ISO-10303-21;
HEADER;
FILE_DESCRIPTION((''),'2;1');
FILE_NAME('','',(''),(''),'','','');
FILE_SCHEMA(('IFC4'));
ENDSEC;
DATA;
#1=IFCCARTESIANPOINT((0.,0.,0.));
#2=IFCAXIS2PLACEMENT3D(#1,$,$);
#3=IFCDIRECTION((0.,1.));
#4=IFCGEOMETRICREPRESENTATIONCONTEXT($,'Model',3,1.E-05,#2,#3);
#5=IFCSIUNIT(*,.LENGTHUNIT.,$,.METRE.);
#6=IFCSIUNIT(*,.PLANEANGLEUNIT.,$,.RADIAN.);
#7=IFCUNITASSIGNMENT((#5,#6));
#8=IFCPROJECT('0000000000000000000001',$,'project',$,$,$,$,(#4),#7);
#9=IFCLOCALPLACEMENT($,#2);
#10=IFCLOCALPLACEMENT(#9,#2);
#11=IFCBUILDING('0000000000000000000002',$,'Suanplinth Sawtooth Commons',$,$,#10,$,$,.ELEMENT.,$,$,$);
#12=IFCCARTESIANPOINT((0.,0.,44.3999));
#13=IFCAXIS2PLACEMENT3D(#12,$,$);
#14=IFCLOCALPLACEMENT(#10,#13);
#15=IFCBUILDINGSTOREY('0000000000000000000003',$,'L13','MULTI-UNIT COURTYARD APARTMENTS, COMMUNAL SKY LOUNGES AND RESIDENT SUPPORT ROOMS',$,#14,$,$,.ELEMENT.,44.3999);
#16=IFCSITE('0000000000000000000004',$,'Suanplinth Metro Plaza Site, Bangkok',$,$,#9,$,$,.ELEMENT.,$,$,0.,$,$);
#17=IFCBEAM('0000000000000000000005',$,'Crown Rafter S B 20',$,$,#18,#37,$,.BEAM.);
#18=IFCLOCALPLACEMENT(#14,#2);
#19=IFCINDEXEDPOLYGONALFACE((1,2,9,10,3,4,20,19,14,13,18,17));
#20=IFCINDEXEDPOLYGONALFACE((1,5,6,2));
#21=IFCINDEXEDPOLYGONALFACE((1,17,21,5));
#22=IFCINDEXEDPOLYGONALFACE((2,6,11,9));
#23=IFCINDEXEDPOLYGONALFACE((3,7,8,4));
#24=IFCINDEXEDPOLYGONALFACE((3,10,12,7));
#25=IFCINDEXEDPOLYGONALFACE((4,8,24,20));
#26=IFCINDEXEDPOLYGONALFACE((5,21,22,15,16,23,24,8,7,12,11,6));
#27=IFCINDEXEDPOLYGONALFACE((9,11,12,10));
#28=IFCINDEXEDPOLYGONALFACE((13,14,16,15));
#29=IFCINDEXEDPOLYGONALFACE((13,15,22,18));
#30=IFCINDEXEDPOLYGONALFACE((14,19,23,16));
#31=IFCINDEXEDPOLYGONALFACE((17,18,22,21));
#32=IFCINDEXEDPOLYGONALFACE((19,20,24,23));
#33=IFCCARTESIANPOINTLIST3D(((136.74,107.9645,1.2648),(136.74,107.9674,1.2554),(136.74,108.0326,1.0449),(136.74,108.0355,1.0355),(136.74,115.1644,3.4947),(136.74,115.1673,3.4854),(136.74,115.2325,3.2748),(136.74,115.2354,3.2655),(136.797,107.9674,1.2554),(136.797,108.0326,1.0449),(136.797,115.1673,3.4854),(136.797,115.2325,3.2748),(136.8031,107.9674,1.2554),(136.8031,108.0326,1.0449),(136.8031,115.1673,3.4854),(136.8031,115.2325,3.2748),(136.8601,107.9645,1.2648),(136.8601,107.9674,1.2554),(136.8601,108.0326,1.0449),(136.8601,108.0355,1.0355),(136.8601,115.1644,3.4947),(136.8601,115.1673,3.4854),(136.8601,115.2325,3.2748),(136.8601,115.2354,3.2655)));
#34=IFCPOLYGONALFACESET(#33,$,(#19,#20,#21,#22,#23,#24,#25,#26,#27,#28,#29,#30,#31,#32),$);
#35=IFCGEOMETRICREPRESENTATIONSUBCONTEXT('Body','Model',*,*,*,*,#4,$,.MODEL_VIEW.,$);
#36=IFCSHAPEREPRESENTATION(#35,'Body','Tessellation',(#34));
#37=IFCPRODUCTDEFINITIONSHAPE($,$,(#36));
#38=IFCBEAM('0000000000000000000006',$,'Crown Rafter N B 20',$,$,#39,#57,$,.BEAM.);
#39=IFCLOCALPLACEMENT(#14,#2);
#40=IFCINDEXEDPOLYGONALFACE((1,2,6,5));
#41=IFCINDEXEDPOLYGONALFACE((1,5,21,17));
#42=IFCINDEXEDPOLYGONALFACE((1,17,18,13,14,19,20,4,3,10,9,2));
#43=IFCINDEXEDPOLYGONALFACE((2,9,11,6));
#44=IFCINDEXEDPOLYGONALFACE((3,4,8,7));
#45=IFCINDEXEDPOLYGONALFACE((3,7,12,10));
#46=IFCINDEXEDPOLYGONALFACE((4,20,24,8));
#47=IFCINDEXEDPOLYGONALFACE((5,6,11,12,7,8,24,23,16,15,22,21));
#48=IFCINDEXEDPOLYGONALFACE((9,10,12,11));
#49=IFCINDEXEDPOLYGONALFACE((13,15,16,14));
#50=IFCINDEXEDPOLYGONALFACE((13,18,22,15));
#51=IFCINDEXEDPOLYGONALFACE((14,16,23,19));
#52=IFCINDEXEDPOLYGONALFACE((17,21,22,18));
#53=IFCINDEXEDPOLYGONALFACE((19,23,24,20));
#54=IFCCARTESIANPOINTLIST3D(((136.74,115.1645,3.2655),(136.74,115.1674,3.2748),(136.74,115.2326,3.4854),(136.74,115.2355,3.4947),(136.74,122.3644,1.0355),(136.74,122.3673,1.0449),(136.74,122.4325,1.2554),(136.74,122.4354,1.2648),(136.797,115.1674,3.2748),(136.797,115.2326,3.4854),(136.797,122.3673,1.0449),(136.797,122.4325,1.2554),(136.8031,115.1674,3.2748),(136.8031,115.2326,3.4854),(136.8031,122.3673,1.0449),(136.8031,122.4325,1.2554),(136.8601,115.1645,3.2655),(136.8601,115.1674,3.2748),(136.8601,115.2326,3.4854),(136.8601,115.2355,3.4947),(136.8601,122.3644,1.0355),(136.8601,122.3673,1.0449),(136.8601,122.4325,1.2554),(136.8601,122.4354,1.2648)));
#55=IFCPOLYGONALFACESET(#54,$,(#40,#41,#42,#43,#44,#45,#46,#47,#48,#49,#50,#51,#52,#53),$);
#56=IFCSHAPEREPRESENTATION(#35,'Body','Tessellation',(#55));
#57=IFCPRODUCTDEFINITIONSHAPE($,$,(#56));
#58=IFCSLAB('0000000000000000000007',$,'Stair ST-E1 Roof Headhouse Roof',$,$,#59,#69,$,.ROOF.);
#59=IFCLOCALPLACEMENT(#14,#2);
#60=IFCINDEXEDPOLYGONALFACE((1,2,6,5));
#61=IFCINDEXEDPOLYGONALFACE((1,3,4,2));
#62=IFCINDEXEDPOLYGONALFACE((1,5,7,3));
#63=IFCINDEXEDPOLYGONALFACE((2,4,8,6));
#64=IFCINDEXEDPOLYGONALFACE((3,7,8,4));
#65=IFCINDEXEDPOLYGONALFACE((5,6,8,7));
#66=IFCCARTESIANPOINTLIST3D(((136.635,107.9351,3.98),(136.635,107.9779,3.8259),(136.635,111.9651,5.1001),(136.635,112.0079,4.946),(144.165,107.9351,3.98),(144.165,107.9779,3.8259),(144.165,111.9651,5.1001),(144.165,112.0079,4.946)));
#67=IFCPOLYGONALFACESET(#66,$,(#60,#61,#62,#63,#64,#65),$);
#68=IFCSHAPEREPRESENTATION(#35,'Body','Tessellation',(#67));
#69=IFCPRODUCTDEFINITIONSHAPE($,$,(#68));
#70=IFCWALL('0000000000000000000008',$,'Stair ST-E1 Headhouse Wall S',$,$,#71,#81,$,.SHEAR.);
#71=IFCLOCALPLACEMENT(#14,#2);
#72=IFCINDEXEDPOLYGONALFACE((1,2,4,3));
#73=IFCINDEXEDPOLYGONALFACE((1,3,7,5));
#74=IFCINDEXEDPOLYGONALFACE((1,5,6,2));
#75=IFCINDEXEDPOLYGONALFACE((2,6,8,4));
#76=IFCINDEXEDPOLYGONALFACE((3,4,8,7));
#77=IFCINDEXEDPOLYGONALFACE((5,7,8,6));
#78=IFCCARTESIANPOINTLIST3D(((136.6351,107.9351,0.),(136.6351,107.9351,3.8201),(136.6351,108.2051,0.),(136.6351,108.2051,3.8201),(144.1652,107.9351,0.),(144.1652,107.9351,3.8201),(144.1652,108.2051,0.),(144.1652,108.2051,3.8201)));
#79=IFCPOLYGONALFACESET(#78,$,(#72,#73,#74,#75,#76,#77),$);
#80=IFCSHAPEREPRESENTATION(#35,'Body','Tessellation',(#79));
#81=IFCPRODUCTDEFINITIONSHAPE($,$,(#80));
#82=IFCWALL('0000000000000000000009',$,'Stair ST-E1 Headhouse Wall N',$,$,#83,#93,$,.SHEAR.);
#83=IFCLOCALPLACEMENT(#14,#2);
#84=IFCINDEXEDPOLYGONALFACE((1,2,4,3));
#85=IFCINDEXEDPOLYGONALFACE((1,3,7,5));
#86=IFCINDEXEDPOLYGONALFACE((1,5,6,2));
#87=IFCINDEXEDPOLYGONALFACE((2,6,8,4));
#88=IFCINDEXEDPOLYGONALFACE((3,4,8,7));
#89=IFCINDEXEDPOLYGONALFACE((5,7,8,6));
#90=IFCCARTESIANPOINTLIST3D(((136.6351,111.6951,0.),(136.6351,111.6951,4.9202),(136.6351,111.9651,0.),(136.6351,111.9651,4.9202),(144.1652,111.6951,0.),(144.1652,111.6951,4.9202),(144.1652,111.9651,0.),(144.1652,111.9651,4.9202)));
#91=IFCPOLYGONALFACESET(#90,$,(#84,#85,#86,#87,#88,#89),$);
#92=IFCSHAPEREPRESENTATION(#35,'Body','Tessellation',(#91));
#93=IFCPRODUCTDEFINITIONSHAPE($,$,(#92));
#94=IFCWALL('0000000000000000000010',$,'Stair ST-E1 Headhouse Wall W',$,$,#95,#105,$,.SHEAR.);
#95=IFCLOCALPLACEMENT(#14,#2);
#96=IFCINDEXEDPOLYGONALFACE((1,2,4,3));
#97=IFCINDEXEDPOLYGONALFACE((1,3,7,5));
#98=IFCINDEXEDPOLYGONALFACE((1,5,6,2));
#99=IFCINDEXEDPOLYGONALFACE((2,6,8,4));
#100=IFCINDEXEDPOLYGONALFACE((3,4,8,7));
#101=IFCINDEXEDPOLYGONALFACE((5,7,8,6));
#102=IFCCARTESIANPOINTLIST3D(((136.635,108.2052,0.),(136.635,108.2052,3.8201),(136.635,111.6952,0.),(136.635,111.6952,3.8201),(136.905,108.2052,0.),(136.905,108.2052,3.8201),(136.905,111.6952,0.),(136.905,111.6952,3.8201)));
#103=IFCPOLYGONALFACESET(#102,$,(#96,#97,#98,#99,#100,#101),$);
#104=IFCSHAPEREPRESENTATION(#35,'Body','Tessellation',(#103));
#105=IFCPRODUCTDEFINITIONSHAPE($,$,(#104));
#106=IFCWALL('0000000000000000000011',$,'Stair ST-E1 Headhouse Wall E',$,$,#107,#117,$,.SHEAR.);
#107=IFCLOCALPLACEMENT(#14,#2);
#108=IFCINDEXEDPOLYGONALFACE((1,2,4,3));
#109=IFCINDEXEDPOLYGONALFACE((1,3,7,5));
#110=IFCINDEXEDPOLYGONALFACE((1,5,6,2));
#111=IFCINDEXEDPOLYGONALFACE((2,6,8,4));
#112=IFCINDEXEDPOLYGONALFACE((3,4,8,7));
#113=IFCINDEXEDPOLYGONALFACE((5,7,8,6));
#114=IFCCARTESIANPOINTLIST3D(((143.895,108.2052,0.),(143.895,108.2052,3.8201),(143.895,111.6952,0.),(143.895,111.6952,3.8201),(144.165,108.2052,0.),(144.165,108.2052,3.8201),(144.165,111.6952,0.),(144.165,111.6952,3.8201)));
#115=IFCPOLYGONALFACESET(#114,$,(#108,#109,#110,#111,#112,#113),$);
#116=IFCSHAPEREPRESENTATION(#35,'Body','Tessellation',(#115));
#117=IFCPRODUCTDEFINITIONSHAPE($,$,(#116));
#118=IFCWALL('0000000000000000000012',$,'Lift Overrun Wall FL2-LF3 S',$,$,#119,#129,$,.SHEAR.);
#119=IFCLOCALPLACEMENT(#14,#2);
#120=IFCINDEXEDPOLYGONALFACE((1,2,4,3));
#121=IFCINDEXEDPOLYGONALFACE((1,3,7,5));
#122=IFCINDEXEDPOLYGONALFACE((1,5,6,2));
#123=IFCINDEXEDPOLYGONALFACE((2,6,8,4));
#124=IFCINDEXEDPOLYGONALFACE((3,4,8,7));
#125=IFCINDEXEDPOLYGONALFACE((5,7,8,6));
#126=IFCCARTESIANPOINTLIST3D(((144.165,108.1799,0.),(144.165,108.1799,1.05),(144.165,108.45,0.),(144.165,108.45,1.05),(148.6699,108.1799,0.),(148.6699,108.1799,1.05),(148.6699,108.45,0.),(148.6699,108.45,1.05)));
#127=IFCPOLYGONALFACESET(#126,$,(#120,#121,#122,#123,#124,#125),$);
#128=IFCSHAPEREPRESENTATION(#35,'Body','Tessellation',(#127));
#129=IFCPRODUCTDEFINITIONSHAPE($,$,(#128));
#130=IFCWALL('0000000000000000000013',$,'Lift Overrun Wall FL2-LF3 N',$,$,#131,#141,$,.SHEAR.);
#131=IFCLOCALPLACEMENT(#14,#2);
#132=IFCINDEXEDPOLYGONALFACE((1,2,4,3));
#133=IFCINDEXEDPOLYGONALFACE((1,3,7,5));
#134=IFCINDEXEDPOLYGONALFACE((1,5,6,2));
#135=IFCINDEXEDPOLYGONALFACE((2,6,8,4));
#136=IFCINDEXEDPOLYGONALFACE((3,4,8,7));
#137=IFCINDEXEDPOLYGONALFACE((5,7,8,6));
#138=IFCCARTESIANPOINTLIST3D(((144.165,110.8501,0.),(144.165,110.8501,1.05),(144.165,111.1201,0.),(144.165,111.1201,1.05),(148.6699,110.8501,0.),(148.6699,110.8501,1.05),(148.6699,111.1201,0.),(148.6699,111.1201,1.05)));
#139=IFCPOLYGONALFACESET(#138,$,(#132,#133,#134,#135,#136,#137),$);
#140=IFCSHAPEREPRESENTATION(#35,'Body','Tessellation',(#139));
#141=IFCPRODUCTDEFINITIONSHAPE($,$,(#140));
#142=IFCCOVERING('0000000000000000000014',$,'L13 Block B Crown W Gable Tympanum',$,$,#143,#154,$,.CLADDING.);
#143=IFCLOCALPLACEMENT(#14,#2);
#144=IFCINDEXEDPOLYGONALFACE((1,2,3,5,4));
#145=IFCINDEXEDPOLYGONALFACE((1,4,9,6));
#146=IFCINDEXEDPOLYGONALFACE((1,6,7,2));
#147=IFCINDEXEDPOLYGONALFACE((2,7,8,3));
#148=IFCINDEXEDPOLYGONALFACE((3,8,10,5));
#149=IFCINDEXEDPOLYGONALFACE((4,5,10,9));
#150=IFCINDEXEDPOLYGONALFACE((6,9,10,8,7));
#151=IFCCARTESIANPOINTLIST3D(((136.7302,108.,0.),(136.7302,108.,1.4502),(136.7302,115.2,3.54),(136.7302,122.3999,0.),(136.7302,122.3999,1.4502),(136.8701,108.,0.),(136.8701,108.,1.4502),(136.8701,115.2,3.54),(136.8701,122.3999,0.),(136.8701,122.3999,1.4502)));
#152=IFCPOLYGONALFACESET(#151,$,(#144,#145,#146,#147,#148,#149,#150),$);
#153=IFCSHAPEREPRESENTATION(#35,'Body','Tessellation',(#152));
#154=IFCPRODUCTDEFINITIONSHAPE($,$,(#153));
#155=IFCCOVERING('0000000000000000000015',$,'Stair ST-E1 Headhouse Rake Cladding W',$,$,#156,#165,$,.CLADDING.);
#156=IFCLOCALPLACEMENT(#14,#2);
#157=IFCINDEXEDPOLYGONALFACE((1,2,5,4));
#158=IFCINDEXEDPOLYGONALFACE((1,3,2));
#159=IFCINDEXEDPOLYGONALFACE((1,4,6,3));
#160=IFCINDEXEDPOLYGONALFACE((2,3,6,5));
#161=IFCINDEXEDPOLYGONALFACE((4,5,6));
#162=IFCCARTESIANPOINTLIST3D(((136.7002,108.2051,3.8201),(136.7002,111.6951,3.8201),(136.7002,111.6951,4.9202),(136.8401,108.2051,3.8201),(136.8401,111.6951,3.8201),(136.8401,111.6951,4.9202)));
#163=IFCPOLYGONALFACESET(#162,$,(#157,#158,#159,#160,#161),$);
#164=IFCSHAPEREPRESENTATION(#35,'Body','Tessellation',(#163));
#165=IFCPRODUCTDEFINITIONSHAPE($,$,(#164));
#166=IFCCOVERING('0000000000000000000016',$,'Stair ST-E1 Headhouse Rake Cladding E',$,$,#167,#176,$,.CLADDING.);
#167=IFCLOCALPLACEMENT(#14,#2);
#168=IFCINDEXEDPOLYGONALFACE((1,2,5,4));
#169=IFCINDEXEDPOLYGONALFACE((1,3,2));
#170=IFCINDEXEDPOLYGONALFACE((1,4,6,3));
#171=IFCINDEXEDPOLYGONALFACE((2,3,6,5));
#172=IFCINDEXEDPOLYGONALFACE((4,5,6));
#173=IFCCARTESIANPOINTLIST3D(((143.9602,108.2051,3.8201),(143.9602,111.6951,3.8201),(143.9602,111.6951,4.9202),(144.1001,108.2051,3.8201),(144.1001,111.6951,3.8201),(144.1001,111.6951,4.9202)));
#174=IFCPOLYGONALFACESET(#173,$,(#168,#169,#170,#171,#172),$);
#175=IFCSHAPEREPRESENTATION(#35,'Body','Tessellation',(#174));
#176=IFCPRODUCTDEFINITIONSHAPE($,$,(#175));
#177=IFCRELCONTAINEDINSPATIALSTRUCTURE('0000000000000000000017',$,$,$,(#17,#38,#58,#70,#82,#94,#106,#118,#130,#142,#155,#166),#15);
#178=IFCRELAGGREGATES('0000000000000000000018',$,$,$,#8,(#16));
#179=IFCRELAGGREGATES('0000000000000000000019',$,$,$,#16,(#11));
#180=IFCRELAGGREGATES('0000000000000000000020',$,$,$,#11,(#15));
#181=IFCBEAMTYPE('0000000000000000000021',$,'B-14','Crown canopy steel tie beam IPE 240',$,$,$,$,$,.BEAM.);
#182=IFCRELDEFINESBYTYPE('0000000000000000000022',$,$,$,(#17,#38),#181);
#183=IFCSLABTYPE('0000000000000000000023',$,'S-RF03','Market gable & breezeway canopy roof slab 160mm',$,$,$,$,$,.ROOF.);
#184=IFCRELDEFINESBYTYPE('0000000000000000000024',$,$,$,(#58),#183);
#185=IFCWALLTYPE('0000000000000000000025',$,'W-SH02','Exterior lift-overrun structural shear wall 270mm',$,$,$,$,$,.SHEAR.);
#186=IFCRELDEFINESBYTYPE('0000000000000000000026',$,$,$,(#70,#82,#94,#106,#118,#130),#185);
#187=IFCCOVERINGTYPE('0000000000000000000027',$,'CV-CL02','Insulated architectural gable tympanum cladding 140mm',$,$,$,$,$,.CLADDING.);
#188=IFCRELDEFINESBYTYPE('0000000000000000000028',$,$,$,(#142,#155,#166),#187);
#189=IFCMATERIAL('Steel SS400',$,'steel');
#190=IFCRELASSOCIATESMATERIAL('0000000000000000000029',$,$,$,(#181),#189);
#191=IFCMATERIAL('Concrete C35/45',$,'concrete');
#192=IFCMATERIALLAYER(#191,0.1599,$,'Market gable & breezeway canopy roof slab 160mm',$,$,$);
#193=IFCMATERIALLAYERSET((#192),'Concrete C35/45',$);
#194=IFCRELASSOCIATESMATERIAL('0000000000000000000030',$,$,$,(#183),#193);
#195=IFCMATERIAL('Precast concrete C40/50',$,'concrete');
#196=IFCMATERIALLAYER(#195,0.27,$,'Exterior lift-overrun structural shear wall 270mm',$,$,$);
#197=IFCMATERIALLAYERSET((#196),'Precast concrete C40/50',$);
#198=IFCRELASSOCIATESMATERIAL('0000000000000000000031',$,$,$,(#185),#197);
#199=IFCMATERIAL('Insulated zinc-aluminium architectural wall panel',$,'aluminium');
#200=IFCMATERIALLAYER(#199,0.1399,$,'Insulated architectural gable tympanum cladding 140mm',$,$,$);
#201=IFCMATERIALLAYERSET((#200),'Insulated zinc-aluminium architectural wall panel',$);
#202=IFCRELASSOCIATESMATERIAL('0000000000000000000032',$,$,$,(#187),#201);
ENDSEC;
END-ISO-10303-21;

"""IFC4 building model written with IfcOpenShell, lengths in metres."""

from ifc_helpers import new_model, si_unit, direction, frame, frame_2d, origin, origin_2d, place, context, subcontext, project, spatial, polyline, rectangle, i_section, outline, extrude, material, layer, layer_set, material_profile, profile_set, type_object, element, save


model = new_model("IFC4")

# Units and contexts
model_context = context("Model", 3, precision=1e-05, world=origin(), true_north=direction((0.0, 1.0)))
body_context = subcontext(model_context, "Body", "Model", "MODEL_VIEW")
ifc_project = project(units=[si_unit("LENGTHUNIT", "METRE"), si_unit("PLANEANGLEUNIT", "RADIAN")], contexts=[model_context])

# Site, building, storey
site_placement = place(None, origin())
site = spatial("IfcSite", under=ifc_project, at=site_placement, Name="Suanplinth Metro Plaza Site, Bangkok", CompositionType="ELEMENT", RefElevation=0.0)
building_placement = place(site_placement, origin())
building = spatial("IfcBuilding", under=site, at=building_placement, Name="Suanplinth Sawtooth Commons", CompositionType="ELEMENT")
storey_placement = place(building_placement, frame((0.0, 0.0, 44.3999)))
storey = spatial("IfcBuildingStorey", under=building, at=storey_placement, Name="L13", Description="MULTI-UNIT COURTYARD APARTMENTS, COMMUNAL SKY LOUNGES AND RESIDENT SUPPORT ROOMS", CompositionType="ELEMENT", Elevation=44.3999)

# Beams
ifc_material_1 = material(Name="Precast concrete C40/50", Category="concrete")
ifc_material_2 = material(Name="Steel SS400", Category="steel")
ifc_material_profile_1 = material_profile(ifc_material_2, i_section(OverallWidth=0.1201, OverallDepth=0.24, WebThickness=0.0061, FlangeThickness=0.0098, at=origin_2d()), Name="IPE 240")
ifc_profile_set_1 = profile_set([ifc_material_profile_1], Name="Steel SS400")
beam_type_1 = type_object("IfcBeamType", Name="B-14", Description="Crown canopy steel tie beam IPE 240", PredefinedType="BEAM", material=ifc_profile_set_1)
for number, where, z_axis, x_axis, name in (
    (1, (136.8, 108.0, 1.1501), (0.0, 0.955233, 0.295856), (-1.0, 0.0, 0.0), "Crown Rafter S B 20"),
    (2, (136.8, 122.3999, 1.1501), (0.0, -0.955233, 0.295856), (1.0, 0.0, 0.0), "Crown Rafter N B 20"),
):
    element("IfcBeam", number, at=place(storey_placement, frame(where, z_axis=z_axis, x_axis=x_axis)), inside=storey, type_object=beam_type_1, Name=name, PredefinedType="BEAM", context=body_context, shape_type="SweptSolid", body=[
        extrude(i_section(OverallWidth=0.1201, OverallDepth=0.24, WebThickness=0.0061, FlangeThickness=0.0098, at=origin_2d()), origin(), (0.0, 0.0, 1.0), 7.5374),
    ])

# Slab
ifc_material_3 = material(Name="Concrete C35/45", Category="concrete")
ifc_layer_1 = layer(ifc_material_3, 0.1599, Name="Market gable & breezeway canopy roof slab 160mm")
ifc_layer_set_1 = layer_set([ifc_layer_1], Name="Concrete C35/45")
slab_type = type_object("IfcSlabType", Name="S-RF03", Description="Market gable & breezeway canopy roof slab 160mm", PredefinedType="ROOF", material=ifc_layer_set_1)
slab_placement = place(storey_placement, frame((136.635, 107.9351, 3.98), z_axis=(0.0, -0.267791, 0.963477), x_axis=(1.0, 0.0, 0.0)))
element("IfcSlab", 3, at=slab_placement, inside=storey, type_object=slab_type, Name="Stair ST-E1 Roof Headhouse Roof", PredefinedType="ROOF", context=body_context, shape_type="SweptSolid", body=[
    extrude(outline(polyline([(0.0, 0.0), (7.53, 0.0), (7.53, 4.1828), (0.0, 4.1828), (0.0, 0.0)])), origin(), (0.0, 0.0, -1.0), 0.1599),
])

# Walls
ifc_layer_2 = layer(ifc_material_1, 0.27, Name="Exterior lift-overrun structural shear wall 270mm")
ifc_layer_set_2 = layer_set([ifc_layer_2], Name="Precast concrete C40/50")
wall_type = type_object("IfcWallType", Name="W-SH02", Description="Exterior lift-overrun structural shear wall 270mm", PredefinedType="SHEAR", material=ifc_layer_set_2)
wall_1_placement = place(storey_placement, frame((136.635, 108.0701, 0.0), z_axis=(0.0, 0.0, 1.0), x_axis=(1.0, 0.0, 0.0)))
element("IfcWall", 4, at=wall_1_placement, inside=storey, type_object=wall_type, Name="Stair ST-E1 Headhouse Wall S", PredefinedType="SHEAR", context=body_context, shape_type="SweptSolid", body=[
    extrude(rectangle(XDim=7.53, YDim=0.27, at=frame_2d((3.7651, 0.0))), origin(), (0.0, 0.0, 1.0), 3.8201),
])
wall_2_placement = place(storey_placement, frame((136.635, 111.8301, 0.0), z_axis=(0.0, 0.0, 1.0), x_axis=(1.0, 0.0, 0.0)))
element("IfcWall", 5, at=wall_2_placement, inside=storey, type_object=wall_type, Name="Stair ST-E1 Headhouse Wall N", PredefinedType="SHEAR", context=body_context, shape_type="SweptSolid", body=[
    extrude(rectangle(XDim=7.53, YDim=0.27, at=frame_2d((3.7651, 0.0))), origin(), (0.0, 0.0, 1.0), 4.9202),
])
for number, where, z_axis, x_axis, name in (
    (6, (136.77, 108.2051, 0.0), (0.0, 0.0, 1.0), (0.0, 1.0, 0.0), "Stair ST-E1 Headhouse Wall W"),
    (7, (144.03, 108.2051, 0.0), (0.0, 0.0, 1.0), (0.0, 1.0, 0.0), "Stair ST-E1 Headhouse Wall E"),
):
    element("IfcWall", number, at=place(storey_placement, frame(where, z_axis=z_axis, x_axis=x_axis)), inside=storey, type_object=wall_type, Name=name, PredefinedType="SHEAR", context=body_context, shape_type="SweptSolid", body=[
        extrude(rectangle(XDim=3.49, YDim=0.27, at=frame_2d((1.7451, 0.0))), origin(), (0.0, 0.0, 1.0), 3.8201),
    ])
for number, where, z_axis, x_axis, name in (
    (8, (144.165, 108.3149, 0.0), (0.0, 0.0, 1.0), (1.0, 0.0, 0.0), "Lift Overrun Wall FL2-LF3 S"),
    (9, (144.165, 110.9851, 0.0), (0.0, 0.0, 1.0), (1.0, 0.0, 0.0), "Lift Overrun Wall FL2-LF3 N"),
):
    element("IfcWall", number, at=place(storey_placement, frame(where, z_axis=z_axis, x_axis=x_axis)), inside=storey, type_object=wall_type, Name=name, PredefinedType="SHEAR", context=body_context, shape_type="SweptSolid", body=[
        extrude(rectangle(XDim=4.5049, YDim=0.27, at=frame_2d((2.2524, 0.0))), origin(), (0.0, 0.0, 1.0), 1.05),
    ])

# Coverings
ifc_material_4 = material(Name="Insulated zinc-aluminium architectural wall panel", Category="aluminium")
ifc_layer_3 = layer(ifc_material_4, 0.1399, Name="Insulated architectural gable tympanum cladding 140mm")
ifc_layer_set_3 = layer_set([ifc_layer_3], Name="Insulated zinc-aluminium architectural wall panel")
covering_type = type_object("IfcCoveringType", Name="CV-CL02", Description="Insulated architectural gable tympanum cladding 140mm", PredefinedType="CLADDING", material=ifc_layer_set_3)
covering_placement = place(storey_placement, frame((136.8, 108.0, 0.0), z_axis=(0.0, 0.0, 1.0), x_axis=(0.0, 1.0, 0.0)))
element("IfcCovering", 10, at=covering_placement, inside=storey, type_object=covering_type, Name="L13 Block B Crown W Gable Tympanum", PredefinedType="CLADDING", context=body_context, shape_type="SweptSolid", body=[
    extrude(outline(polyline([(0.0, 0.0), (14.3999, 0.0), (14.3999, 1.4502), (7.2, 3.54), (0.0, 1.4502), (0.0, 0.0)])), frame((0.0, 0.0698, 0.0), z_axis=(0.0, -1.0, 0.0), x_axis=(1.0, 0.0, 0.0)), (0.0, 0.0, 1.0), 0.1399),
])
for number, where, z_axis, x_axis, name in (
    (11, (136.77, 108.2051, 3.8201), (0.0, 0.0, 1.0), (0.0, 1.0, 0.0), "Stair ST-E1 Headhouse Rake Cladding W"),
    (12, (144.03, 108.2051, 3.8201), (0.0, 0.0, 1.0), (0.0, 1.0, 0.0), "Stair ST-E1 Headhouse Rake Cladding E"),
):
    element("IfcCovering", number, at=place(storey_placement, frame(where, z_axis=z_axis, x_axis=x_axis)), inside=storey, type_object=covering_type, Name=name, PredefinedType="CLADDING", context=body_context, shape_type="SweptSolid", body=[
        extrude(outline(polyline([(0.0, 0.0), (3.49, 0.0), (3.49, 1.1001), (0.0, 0.0), (0.0, 0.0)])), frame((0.0, 0.0698, 0.0), z_axis=(0.0, -1.0, 0.0), x_axis=(1.0, 0.0, 0.0)), (0.0, 0.0, 1.0), 0.1399),
    ])

save(model, "model.ifc")
